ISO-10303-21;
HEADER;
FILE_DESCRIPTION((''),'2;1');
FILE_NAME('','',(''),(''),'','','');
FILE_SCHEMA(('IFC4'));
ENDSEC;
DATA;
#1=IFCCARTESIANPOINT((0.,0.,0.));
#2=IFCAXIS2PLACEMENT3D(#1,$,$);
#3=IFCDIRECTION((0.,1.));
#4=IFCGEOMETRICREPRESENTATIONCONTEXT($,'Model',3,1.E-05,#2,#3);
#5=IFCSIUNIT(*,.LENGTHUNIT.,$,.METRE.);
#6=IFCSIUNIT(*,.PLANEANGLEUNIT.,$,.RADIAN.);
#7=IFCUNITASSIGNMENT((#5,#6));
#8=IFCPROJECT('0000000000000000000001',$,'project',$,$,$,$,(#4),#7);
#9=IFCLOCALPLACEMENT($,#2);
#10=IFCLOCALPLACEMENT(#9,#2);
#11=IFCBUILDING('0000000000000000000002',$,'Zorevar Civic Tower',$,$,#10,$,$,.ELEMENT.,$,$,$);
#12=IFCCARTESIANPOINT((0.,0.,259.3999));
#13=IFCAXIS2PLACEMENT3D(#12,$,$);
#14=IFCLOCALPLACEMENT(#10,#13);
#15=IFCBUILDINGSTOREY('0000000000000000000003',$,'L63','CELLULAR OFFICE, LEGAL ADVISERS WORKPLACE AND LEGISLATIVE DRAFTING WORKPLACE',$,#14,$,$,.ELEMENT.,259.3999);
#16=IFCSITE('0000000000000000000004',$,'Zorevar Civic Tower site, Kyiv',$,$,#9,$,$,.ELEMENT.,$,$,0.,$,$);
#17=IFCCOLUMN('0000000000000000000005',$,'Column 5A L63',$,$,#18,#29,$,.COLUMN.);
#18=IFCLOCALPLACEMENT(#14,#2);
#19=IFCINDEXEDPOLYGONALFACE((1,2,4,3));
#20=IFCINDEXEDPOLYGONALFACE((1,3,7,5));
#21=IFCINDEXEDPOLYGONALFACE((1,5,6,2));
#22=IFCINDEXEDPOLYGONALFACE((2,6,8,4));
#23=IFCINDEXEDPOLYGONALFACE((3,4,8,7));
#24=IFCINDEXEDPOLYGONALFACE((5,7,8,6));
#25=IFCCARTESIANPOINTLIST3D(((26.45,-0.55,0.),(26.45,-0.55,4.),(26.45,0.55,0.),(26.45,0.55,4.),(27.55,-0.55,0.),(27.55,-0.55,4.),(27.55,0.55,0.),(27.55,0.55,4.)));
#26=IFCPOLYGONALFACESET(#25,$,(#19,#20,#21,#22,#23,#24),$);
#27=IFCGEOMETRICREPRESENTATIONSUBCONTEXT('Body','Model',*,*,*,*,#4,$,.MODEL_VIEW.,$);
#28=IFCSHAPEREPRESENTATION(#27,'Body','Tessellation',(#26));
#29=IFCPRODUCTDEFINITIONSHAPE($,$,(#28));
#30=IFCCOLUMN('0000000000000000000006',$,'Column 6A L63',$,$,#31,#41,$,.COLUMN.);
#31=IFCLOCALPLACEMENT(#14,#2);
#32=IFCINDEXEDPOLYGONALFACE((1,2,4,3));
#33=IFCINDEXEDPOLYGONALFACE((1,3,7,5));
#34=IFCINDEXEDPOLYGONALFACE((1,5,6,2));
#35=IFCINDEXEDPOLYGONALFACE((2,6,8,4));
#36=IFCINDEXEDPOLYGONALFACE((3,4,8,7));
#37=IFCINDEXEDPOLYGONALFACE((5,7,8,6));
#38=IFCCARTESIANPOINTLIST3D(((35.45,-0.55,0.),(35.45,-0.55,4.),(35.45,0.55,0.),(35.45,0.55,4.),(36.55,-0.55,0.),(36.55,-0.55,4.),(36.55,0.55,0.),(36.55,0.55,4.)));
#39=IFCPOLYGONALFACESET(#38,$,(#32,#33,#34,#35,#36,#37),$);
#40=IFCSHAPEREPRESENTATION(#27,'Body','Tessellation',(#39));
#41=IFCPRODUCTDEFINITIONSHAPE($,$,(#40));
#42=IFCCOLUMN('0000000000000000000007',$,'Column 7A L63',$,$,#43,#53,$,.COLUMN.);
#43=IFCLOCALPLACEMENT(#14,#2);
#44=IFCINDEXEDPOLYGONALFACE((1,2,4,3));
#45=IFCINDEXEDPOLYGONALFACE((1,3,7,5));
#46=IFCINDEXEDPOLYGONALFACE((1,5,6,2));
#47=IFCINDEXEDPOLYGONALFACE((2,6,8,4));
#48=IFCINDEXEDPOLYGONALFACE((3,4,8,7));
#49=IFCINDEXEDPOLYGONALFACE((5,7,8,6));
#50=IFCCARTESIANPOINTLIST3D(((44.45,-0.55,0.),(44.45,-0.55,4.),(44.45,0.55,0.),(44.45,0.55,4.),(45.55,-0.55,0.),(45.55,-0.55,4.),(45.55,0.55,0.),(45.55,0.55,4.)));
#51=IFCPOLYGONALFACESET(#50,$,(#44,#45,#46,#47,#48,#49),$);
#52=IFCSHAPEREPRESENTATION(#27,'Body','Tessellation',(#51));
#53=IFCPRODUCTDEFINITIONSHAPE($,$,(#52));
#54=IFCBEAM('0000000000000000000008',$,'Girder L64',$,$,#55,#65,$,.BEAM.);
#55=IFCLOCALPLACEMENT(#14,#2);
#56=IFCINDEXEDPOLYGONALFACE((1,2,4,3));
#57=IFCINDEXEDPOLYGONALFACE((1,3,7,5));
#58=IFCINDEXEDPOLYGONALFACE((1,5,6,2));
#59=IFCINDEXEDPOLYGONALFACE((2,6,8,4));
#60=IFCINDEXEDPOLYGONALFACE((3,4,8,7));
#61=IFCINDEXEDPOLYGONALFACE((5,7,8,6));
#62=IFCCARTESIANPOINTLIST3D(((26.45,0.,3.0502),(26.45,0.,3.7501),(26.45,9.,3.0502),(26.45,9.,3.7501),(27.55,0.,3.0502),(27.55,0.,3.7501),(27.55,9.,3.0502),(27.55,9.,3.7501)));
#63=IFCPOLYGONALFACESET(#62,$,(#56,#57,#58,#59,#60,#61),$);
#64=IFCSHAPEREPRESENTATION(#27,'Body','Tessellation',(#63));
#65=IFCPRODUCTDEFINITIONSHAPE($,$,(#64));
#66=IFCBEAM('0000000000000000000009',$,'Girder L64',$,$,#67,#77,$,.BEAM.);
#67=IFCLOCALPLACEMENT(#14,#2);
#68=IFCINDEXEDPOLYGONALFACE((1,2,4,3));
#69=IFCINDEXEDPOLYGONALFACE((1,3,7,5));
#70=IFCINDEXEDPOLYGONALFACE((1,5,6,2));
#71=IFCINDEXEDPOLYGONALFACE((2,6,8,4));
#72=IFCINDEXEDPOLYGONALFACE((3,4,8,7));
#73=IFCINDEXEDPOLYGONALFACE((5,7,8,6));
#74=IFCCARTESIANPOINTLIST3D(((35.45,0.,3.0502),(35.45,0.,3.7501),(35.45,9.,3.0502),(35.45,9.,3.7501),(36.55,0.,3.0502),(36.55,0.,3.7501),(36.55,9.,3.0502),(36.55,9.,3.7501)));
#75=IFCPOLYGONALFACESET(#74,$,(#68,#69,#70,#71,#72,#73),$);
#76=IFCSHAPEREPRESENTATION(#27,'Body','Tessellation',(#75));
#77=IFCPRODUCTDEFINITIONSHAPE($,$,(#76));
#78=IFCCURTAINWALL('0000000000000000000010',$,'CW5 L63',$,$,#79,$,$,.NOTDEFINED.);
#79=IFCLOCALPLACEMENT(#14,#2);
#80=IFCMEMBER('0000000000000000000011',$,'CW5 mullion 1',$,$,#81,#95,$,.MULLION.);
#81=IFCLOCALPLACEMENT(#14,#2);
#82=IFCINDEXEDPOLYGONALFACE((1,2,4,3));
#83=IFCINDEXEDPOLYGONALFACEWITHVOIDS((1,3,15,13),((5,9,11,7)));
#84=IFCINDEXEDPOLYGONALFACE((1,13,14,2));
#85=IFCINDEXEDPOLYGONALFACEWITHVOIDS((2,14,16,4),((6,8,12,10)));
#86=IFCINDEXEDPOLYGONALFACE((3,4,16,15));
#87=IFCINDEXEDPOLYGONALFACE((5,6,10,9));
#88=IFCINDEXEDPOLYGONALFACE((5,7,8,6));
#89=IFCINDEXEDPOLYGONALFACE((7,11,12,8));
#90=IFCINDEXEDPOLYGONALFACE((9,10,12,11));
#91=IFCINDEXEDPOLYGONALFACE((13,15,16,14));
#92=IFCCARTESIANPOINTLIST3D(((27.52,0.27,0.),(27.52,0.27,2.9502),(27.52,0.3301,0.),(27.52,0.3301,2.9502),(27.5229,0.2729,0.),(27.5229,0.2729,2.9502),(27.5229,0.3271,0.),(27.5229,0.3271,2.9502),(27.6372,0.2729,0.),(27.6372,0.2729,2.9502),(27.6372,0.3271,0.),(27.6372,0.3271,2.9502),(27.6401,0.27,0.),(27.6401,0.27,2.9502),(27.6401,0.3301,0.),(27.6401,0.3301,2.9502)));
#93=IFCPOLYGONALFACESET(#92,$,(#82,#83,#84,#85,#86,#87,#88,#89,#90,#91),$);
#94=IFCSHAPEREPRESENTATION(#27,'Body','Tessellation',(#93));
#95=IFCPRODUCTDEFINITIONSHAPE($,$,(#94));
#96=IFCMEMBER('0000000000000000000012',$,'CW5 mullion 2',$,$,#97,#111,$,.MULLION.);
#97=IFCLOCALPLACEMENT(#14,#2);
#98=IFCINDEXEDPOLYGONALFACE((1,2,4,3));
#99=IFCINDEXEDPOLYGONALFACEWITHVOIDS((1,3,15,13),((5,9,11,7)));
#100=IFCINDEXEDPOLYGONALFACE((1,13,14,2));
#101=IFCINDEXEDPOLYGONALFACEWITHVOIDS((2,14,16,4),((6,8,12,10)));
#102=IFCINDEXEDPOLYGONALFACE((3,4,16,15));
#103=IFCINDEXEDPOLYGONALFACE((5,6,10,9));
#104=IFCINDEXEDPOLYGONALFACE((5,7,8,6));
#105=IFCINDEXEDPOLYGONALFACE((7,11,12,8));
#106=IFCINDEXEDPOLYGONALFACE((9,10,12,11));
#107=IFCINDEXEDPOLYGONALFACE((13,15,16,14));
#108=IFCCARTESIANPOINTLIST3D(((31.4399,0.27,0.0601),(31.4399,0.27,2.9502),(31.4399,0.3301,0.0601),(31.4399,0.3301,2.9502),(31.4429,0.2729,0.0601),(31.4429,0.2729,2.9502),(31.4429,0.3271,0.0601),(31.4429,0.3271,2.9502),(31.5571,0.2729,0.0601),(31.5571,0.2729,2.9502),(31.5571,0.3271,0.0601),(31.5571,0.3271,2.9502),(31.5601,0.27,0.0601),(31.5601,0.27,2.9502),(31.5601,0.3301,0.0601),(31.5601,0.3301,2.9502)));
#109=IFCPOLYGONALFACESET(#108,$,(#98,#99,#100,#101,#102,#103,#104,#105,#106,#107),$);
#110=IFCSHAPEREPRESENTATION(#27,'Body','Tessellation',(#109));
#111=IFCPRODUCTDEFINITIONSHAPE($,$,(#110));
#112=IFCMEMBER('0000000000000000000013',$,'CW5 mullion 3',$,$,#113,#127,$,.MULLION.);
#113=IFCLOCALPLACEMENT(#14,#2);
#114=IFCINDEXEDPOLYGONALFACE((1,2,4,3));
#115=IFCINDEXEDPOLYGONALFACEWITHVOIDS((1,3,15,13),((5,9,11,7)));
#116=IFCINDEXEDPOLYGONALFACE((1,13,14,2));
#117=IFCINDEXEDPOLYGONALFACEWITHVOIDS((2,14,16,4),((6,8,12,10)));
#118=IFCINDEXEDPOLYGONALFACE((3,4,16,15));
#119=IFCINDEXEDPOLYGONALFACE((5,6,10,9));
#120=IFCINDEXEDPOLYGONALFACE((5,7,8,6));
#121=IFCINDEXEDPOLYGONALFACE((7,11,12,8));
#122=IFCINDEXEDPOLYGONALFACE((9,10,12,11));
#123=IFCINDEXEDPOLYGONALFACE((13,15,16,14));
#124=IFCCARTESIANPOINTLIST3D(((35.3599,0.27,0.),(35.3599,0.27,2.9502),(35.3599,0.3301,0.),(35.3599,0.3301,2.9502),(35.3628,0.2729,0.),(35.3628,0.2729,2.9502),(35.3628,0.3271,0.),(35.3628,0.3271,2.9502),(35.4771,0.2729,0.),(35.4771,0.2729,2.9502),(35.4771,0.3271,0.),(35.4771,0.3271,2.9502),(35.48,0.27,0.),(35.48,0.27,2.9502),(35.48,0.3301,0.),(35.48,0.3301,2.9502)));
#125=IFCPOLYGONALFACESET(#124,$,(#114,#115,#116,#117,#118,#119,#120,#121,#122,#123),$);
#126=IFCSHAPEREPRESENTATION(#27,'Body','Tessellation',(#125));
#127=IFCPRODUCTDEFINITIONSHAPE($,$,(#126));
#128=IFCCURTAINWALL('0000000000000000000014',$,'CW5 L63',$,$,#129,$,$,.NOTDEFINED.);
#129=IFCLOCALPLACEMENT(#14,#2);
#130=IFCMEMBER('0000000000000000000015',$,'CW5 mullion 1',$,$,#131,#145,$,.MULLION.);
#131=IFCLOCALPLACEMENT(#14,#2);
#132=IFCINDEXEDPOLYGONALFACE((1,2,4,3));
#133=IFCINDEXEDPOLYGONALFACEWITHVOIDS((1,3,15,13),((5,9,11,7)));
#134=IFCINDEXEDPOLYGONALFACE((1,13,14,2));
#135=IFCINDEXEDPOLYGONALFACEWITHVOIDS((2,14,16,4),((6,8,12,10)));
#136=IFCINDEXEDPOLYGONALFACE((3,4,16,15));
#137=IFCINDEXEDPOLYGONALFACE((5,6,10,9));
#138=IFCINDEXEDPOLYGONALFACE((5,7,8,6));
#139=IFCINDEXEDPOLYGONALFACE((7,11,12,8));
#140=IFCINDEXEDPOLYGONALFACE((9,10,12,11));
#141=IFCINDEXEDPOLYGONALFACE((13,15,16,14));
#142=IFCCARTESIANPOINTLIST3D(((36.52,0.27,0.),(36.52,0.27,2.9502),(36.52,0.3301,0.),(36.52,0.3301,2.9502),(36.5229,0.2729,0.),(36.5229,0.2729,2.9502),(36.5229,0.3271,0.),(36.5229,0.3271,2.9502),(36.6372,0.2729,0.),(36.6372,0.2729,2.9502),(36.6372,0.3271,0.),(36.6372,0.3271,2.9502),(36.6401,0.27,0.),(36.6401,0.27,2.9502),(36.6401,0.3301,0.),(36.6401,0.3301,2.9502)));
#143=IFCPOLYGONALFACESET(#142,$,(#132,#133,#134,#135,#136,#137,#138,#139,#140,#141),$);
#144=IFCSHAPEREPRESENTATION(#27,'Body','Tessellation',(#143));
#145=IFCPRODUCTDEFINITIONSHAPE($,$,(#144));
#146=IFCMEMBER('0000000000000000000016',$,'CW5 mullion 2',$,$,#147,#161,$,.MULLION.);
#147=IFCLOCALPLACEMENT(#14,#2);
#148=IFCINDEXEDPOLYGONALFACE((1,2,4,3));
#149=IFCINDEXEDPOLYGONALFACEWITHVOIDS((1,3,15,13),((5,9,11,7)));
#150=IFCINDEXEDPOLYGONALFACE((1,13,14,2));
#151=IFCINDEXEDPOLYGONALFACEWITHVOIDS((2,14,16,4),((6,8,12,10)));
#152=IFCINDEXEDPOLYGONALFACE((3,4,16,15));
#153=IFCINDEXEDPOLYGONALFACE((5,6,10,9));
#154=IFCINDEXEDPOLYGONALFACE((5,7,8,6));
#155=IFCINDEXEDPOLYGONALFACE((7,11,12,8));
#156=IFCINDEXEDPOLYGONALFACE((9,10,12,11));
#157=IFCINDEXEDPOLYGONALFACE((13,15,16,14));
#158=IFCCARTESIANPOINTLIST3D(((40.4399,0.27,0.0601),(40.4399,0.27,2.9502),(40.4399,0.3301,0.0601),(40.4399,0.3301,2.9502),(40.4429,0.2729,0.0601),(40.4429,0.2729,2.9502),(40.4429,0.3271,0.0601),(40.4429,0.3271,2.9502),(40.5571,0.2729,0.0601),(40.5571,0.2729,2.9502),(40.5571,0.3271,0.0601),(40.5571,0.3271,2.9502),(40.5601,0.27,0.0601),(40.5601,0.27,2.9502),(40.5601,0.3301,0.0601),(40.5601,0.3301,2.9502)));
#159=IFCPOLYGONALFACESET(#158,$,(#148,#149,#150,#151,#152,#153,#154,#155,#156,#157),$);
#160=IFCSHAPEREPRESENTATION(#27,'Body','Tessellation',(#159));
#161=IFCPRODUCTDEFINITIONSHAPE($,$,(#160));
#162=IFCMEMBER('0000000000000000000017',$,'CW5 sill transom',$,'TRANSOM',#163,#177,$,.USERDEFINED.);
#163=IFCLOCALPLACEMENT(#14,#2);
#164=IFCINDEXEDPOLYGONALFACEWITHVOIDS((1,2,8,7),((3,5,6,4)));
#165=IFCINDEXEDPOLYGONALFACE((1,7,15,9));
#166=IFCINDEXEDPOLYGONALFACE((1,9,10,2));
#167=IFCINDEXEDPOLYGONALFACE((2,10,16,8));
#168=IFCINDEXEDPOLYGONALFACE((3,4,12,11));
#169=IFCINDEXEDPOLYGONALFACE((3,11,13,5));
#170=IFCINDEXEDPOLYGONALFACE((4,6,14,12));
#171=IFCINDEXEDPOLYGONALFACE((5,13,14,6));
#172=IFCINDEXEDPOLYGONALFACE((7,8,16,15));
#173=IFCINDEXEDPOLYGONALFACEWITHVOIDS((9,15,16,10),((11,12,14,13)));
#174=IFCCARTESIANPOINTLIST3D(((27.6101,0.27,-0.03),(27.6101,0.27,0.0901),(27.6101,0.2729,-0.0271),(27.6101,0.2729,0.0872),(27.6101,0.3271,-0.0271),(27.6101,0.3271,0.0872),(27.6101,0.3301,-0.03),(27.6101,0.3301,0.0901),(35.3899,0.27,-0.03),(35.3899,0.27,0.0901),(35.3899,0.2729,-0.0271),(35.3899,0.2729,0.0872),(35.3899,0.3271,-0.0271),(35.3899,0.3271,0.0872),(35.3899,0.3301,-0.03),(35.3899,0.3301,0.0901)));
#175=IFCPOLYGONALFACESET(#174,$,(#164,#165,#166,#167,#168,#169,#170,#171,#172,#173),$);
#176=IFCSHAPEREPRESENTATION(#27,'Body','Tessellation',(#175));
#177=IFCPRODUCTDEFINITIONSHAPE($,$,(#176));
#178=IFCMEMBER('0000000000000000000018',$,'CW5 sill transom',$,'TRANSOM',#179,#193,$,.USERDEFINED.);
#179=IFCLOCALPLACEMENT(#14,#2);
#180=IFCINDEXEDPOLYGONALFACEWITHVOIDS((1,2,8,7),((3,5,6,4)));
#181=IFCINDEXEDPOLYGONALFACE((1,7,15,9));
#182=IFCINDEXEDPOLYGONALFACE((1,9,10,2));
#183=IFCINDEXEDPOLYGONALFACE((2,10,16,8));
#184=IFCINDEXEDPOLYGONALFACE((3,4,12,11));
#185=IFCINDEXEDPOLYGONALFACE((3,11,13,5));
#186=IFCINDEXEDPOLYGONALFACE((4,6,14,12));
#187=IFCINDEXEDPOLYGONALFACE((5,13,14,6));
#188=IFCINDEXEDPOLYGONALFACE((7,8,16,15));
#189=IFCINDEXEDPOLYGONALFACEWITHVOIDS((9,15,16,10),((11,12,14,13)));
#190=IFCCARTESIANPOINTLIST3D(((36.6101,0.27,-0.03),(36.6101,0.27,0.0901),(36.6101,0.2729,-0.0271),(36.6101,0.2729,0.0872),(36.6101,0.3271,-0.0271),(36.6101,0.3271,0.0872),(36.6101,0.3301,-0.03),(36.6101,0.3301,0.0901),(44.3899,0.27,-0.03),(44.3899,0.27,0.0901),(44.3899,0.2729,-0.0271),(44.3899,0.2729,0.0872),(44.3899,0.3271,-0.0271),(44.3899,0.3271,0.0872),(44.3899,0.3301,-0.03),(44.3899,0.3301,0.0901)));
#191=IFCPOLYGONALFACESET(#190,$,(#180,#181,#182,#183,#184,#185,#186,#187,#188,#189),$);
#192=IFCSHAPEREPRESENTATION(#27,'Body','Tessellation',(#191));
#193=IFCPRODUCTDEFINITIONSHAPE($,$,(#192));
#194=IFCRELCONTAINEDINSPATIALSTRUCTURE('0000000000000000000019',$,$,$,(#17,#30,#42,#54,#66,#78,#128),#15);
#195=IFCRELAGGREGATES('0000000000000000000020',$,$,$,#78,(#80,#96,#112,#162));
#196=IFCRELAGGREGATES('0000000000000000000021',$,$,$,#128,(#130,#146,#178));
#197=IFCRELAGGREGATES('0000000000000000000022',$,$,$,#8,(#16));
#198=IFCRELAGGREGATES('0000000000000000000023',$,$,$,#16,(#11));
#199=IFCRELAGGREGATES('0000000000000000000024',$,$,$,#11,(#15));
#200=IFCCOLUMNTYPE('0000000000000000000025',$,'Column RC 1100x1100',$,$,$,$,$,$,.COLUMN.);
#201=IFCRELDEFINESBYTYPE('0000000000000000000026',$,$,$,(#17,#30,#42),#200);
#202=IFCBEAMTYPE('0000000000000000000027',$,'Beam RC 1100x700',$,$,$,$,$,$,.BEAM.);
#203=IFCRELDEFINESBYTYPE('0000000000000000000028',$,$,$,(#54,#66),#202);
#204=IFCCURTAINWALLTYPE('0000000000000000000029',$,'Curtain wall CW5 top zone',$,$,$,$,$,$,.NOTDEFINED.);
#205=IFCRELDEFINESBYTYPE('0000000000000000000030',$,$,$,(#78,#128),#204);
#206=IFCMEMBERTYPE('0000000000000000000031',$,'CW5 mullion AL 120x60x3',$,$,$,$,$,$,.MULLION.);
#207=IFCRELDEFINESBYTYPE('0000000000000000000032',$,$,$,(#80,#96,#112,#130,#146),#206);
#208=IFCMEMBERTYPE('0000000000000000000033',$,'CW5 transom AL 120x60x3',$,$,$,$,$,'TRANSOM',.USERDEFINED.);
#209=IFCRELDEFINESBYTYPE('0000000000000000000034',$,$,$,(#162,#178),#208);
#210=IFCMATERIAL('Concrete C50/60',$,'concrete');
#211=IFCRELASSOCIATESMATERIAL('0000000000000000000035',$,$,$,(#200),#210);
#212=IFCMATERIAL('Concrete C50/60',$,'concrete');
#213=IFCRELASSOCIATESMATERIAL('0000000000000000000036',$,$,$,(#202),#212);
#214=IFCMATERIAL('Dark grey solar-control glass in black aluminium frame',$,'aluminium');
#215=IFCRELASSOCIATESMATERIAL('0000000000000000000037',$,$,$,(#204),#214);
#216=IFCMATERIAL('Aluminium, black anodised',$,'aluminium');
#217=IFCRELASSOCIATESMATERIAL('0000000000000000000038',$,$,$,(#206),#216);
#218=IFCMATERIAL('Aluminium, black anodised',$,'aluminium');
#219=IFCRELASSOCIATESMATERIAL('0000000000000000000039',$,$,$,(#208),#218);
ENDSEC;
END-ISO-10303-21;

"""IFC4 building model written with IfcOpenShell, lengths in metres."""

from ifc_helpers import new_model, si_unit, direction, frame, origin, origin_2d, place, context, subcontext, project, spatial, rectangle, hollow_rectangle, extrude, material, material_profile, profile_set, type_object, element, aggregate, save


model = new_model("IFC4")

# Units and contexts
model_context = context("Model", 3, precision=1e-05, world=origin(), true_north=direction((0.0, 1.0)))
body_context = subcontext(model_context, "Body", "Model", "MODEL_VIEW")
ifc_project = project(units=[si_unit("LENGTHUNIT", "METRE"), si_unit("PLANEANGLEUNIT", "RADIAN")], contexts=[model_context])

# Site, building, storey
site_placement = place(None, origin())
site = spatial("IfcSite", under=ifc_project, at=site_placement, Name="Zorevar Civic Tower site, Kyiv", CompositionType="ELEMENT", RefElevation=0.0)
building_placement = place(site_placement, origin())
building = spatial("IfcBuilding", under=site, at=building_placement, Name="Zorevar Civic Tower", CompositionType="ELEMENT")
storey_placement = place(building_placement, frame((0.0, 0.0, 259.3999)))
storey = spatial("IfcBuildingStorey", under=building, at=storey_placement, Name="L63", Description="CELLULAR OFFICE, LEGAL ADVISERS WORKPLACE AND LEGISLATIVE DRAFTING WORKPLACE", CompositionType="ELEMENT", Elevation=259.3999)

# Columns
ifc_material_1 = material(Name="Concrete C50/60", Category="concrete")
ifc_material_profile_1 = material_profile(ifc_material_1, rectangle(XDim=1.1001, YDim=1.1001, at=origin_2d()), Name="RC 1100x1100")
ifc_profile_set_1 = profile_set([ifc_material_profile_1], Name="Concrete C50/60")
column_type = type_object("IfcColumnType", Name="Column RC 1100x1100", PredefinedType="COLUMN", material=ifc_profile_set_1)
for number, where, z_axis, x_axis, name in (
    (1, (27.0, 0.0, 0.0), (0.0, 0.0, 1.0), (1.0, 0.0, 0.0), "Column 5A L63"),
    (2, (36.0, 0.0, 0.0), (0.0, 0.0, 1.0), (1.0, 0.0, 0.0), "Column 6A L63"),
    (3, (45.0, 0.0, 0.0), (0.0, 0.0, 1.0), (1.0, 0.0, 0.0), "Column 7A L63"),
):
    element("IfcColumn", number, at=place(storey_placement, frame(where, z_axis=z_axis, x_axis=x_axis)), inside=storey, type_object=column_type, Name=name, PredefinedType="COLUMN", context=body_context, shape_type="SweptSolid", body=[
        extrude(rectangle(XDim=1.1001, YDim=1.1001, at=origin_2d()), origin(), (0.0, 0.0, 1.0), 4.0),
    ])

# Beams
ifc_material_2 = material(Name="Concrete C50/60", Category="concrete")
ifc_material_profile_2 = material_profile(ifc_material_2, rectangle(XDim=1.1001, YDim=0.7, at=origin_2d()), Name="RC 1100x700")
ifc_profile_set_2 = profile_set([ifc_material_profile_2], Name="Concrete C50/60")
beam_type_1 = type_object("IfcBeamType", Name="Beam RC 1100x700", PredefinedType="BEAM", material=ifc_profile_set_2)
for number, where, z_axis, x_axis, name in (
    (4, (27.0, 0.0, 3.4001), (0.0, 1.0, 0.0), (-1.0, 0.0, 0.0), "Girder L64"),
    (5, (36.0, 0.0, 3.4001), (0.0, 1.0, 0.0), (-1.0, 0.0, 0.0), "Girder L64"),
):
    element("IfcBeam", number, at=place(storey_placement, frame(where, z_axis=z_axis, x_axis=x_axis)), inside=storey, type_object=beam_type_1, Name=name, PredefinedType="BEAM", context=body_context, shape_type="SweptSolid", body=[
        extrude(rectangle(XDim=1.1001, YDim=0.7, at=origin_2d()), origin(), (0.0, 0.0, 1.0), 9.0),
    ])

# Curtain walls, members
ifc_material_3 = material(Name="Dark grey solar-control glass in black aluminium frame", Category="aluminium")
curtain_wall_type = type_object("IfcCurtainWallType", Name="Curtain wall CW5 top zone", PredefinedType="NOTDEFINED", material=ifc_material_3)
curtain_wall_1_placement = place(storey_placement, origin())
curtain_wall_1 = element("IfcCurtainWall", 6, at=curtain_wall_1_placement, inside=storey, type_object=curtain_wall_type, Name="CW5 L63", PredefinedType="NOTDEFINED")
ifc_material_4 = material(Name="Aluminium, black anodised", Category="aluminium")
ifc_material_profile_3 = material_profile(ifc_material_4, hollow_rectangle(XDim=0.0601, YDim=0.1201, WallThickness=0.0029, at=origin_2d()), Name="AL 120x60x3")
ifc_profile_set_3 = profile_set([ifc_material_profile_3], Name="Aluminium, black anodised")
member_type_1 = type_object("IfcMemberType", Name="CW5 mullion AL 120x60x3", PredefinedType="MULLION", material=ifc_profile_set_3)
member_1_placement = place(storey_placement, frame((27.5801, 0.3, 0.0), z_axis=(0.0, 0.0, 1.0), x_axis=(0.0, 1.0, 0.0)))
member_1 = element("IfcMember", 7, at=member_1_placement, type_object=member_type_1, Name="CW5 mullion 1", PredefinedType="MULLION", context=body_context, shape_type="SweptSolid", body=[
    extrude(hollow_rectangle(XDim=0.0601, YDim=0.1201, WallThickness=0.0029, at=origin_2d()), origin(), (0.0, 0.0, 1.0), 2.9502),
])
member_2_placement = place(storey_placement, frame((31.5, 0.3, 0.0601), z_axis=(0.0, 0.0, 1.0), x_axis=(0.0, 1.0, 0.0)))
member_2 = element("IfcMember", 8, at=member_2_placement, type_object=member_type_1, Name="CW5 mullion 2", PredefinedType="MULLION", context=body_context, shape_type="SweptSolid", body=[
    extrude(hollow_rectangle(XDim=0.0601, YDim=0.1201, WallThickness=0.0029, at=origin_2d()), origin(), (0.0, 0.0, 1.0), 2.8901),
])
member_3_placement = place(storey_placement, frame((35.4199, 0.3, 0.0), z_axis=(0.0, 0.0, 1.0), x_axis=(0.0, 1.0, 0.0)))
member_3 = element("IfcMember", 9, at=member_3_placement, type_object=member_type_1, Name="CW5 mullion 3", PredefinedType="MULLION", context=body_context, shape_type="SweptSolid", body=[
    extrude(hollow_rectangle(XDim=0.0601, YDim=0.1201, WallThickness=0.0029, at=origin_2d()), origin(), (0.0, 0.0, 1.0), 2.9502),
])
curtain_wall_2_placement = place(storey_placement, origin())
curtain_wall_2 = element("IfcCurtainWall", 10, at=curtain_wall_2_placement, inside=storey, type_object=curtain_wall_type, Name="CW5 L63", PredefinedType="NOTDEFINED")
member_4_placement = place(storey_placement, frame((36.5801, 0.3, 0.0), z_axis=(0.0, 0.0, 1.0), x_axis=(0.0, 1.0, 0.0)))
member_4 = element("IfcMember", 11, at=member_4_placement, type_object=member_type_1, Name="CW5 mullion 1", PredefinedType="MULLION", context=body_context, shape_type="SweptSolid", body=[
    extrude(hollow_rectangle(XDim=0.0601, YDim=0.1201, WallThickness=0.0029, at=origin_2d()), origin(), (0.0, 0.0, 1.0), 2.9502),
])
member_5_placement = place(storey_placement, frame((40.5, 0.3, 0.0601), z_axis=(0.0, 0.0, 1.0), x_axis=(0.0, 1.0, 0.0)))
member_5 = element("IfcMember", 12, at=member_5_placement, type_object=member_type_1, Name="CW5 mullion 2", PredefinedType="MULLION", context=body_context, shape_type="SweptSolid", body=[
    extrude(hollow_rectangle(XDim=0.0601, YDim=0.1201, WallThickness=0.0029, at=origin_2d()), origin(), (0.0, 0.0, 1.0), 2.8901),
])

# Members
ifc_material_5 = material(Name="Aluminium, black anodised", Category="aluminium")
ifc_material_profile_4 = material_profile(ifc_material_5, hollow_rectangle(XDim=0.0601, YDim=0.1201, WallThickness=0.0029, at=origin_2d()), Name="AL 120x60x3")
ifc_profile_set_4 = profile_set([ifc_material_profile_4], Name="Aluminium, black anodised")
member_type_2 = type_object("IfcMemberType", Name="CW5 transom AL 120x60x3", ElementType="TRANSOM", PredefinedType="USERDEFINED", material=ifc_profile_set_4)
member_6_placement = place(storey_placement, frame((27.6101, 0.3, 0.03), z_axis=(1.0, 0.0, 0.0), x_axis=(0.0, 1.0, 0.0)))
member_6 = element("IfcMember", 13, at=member_6_placement, type_object=member_type_2, Name="CW5 sill transom", ObjectType="TRANSOM", PredefinedType="USERDEFINED", context=body_context, shape_type="SweptSolid", body=[
    extrude(hollow_rectangle(XDim=0.0601, YDim=0.1201, WallThickness=0.0029, at=origin_2d()), origin(), (0.0, 0.0, 1.0), 7.7798),
])
member_7_placement = place(storey_placement, frame((36.6101, 0.3, 0.03), z_axis=(1.0, 0.0, 0.0), x_axis=(0.0, 1.0, 0.0)))
member_7 = element("IfcMember", 14, at=member_7_placement, type_object=member_type_2, Name="CW5 sill transom", ObjectType="TRANSOM", PredefinedType="USERDEFINED", context=body_context, shape_type="SweptSolid", body=[
    extrude(hollow_rectangle(XDim=0.0601, YDim=0.1201, WallThickness=0.0029, at=origin_2d()), origin(), (0.0, 0.0, 1.0), 7.7798),
])

aggregate(curtain_wall_1, [member_1, member_2, member_3, member_6])
aggregate(curtain_wall_2, [member_4, member_5, member_7])

save(model, "model.ifc")
